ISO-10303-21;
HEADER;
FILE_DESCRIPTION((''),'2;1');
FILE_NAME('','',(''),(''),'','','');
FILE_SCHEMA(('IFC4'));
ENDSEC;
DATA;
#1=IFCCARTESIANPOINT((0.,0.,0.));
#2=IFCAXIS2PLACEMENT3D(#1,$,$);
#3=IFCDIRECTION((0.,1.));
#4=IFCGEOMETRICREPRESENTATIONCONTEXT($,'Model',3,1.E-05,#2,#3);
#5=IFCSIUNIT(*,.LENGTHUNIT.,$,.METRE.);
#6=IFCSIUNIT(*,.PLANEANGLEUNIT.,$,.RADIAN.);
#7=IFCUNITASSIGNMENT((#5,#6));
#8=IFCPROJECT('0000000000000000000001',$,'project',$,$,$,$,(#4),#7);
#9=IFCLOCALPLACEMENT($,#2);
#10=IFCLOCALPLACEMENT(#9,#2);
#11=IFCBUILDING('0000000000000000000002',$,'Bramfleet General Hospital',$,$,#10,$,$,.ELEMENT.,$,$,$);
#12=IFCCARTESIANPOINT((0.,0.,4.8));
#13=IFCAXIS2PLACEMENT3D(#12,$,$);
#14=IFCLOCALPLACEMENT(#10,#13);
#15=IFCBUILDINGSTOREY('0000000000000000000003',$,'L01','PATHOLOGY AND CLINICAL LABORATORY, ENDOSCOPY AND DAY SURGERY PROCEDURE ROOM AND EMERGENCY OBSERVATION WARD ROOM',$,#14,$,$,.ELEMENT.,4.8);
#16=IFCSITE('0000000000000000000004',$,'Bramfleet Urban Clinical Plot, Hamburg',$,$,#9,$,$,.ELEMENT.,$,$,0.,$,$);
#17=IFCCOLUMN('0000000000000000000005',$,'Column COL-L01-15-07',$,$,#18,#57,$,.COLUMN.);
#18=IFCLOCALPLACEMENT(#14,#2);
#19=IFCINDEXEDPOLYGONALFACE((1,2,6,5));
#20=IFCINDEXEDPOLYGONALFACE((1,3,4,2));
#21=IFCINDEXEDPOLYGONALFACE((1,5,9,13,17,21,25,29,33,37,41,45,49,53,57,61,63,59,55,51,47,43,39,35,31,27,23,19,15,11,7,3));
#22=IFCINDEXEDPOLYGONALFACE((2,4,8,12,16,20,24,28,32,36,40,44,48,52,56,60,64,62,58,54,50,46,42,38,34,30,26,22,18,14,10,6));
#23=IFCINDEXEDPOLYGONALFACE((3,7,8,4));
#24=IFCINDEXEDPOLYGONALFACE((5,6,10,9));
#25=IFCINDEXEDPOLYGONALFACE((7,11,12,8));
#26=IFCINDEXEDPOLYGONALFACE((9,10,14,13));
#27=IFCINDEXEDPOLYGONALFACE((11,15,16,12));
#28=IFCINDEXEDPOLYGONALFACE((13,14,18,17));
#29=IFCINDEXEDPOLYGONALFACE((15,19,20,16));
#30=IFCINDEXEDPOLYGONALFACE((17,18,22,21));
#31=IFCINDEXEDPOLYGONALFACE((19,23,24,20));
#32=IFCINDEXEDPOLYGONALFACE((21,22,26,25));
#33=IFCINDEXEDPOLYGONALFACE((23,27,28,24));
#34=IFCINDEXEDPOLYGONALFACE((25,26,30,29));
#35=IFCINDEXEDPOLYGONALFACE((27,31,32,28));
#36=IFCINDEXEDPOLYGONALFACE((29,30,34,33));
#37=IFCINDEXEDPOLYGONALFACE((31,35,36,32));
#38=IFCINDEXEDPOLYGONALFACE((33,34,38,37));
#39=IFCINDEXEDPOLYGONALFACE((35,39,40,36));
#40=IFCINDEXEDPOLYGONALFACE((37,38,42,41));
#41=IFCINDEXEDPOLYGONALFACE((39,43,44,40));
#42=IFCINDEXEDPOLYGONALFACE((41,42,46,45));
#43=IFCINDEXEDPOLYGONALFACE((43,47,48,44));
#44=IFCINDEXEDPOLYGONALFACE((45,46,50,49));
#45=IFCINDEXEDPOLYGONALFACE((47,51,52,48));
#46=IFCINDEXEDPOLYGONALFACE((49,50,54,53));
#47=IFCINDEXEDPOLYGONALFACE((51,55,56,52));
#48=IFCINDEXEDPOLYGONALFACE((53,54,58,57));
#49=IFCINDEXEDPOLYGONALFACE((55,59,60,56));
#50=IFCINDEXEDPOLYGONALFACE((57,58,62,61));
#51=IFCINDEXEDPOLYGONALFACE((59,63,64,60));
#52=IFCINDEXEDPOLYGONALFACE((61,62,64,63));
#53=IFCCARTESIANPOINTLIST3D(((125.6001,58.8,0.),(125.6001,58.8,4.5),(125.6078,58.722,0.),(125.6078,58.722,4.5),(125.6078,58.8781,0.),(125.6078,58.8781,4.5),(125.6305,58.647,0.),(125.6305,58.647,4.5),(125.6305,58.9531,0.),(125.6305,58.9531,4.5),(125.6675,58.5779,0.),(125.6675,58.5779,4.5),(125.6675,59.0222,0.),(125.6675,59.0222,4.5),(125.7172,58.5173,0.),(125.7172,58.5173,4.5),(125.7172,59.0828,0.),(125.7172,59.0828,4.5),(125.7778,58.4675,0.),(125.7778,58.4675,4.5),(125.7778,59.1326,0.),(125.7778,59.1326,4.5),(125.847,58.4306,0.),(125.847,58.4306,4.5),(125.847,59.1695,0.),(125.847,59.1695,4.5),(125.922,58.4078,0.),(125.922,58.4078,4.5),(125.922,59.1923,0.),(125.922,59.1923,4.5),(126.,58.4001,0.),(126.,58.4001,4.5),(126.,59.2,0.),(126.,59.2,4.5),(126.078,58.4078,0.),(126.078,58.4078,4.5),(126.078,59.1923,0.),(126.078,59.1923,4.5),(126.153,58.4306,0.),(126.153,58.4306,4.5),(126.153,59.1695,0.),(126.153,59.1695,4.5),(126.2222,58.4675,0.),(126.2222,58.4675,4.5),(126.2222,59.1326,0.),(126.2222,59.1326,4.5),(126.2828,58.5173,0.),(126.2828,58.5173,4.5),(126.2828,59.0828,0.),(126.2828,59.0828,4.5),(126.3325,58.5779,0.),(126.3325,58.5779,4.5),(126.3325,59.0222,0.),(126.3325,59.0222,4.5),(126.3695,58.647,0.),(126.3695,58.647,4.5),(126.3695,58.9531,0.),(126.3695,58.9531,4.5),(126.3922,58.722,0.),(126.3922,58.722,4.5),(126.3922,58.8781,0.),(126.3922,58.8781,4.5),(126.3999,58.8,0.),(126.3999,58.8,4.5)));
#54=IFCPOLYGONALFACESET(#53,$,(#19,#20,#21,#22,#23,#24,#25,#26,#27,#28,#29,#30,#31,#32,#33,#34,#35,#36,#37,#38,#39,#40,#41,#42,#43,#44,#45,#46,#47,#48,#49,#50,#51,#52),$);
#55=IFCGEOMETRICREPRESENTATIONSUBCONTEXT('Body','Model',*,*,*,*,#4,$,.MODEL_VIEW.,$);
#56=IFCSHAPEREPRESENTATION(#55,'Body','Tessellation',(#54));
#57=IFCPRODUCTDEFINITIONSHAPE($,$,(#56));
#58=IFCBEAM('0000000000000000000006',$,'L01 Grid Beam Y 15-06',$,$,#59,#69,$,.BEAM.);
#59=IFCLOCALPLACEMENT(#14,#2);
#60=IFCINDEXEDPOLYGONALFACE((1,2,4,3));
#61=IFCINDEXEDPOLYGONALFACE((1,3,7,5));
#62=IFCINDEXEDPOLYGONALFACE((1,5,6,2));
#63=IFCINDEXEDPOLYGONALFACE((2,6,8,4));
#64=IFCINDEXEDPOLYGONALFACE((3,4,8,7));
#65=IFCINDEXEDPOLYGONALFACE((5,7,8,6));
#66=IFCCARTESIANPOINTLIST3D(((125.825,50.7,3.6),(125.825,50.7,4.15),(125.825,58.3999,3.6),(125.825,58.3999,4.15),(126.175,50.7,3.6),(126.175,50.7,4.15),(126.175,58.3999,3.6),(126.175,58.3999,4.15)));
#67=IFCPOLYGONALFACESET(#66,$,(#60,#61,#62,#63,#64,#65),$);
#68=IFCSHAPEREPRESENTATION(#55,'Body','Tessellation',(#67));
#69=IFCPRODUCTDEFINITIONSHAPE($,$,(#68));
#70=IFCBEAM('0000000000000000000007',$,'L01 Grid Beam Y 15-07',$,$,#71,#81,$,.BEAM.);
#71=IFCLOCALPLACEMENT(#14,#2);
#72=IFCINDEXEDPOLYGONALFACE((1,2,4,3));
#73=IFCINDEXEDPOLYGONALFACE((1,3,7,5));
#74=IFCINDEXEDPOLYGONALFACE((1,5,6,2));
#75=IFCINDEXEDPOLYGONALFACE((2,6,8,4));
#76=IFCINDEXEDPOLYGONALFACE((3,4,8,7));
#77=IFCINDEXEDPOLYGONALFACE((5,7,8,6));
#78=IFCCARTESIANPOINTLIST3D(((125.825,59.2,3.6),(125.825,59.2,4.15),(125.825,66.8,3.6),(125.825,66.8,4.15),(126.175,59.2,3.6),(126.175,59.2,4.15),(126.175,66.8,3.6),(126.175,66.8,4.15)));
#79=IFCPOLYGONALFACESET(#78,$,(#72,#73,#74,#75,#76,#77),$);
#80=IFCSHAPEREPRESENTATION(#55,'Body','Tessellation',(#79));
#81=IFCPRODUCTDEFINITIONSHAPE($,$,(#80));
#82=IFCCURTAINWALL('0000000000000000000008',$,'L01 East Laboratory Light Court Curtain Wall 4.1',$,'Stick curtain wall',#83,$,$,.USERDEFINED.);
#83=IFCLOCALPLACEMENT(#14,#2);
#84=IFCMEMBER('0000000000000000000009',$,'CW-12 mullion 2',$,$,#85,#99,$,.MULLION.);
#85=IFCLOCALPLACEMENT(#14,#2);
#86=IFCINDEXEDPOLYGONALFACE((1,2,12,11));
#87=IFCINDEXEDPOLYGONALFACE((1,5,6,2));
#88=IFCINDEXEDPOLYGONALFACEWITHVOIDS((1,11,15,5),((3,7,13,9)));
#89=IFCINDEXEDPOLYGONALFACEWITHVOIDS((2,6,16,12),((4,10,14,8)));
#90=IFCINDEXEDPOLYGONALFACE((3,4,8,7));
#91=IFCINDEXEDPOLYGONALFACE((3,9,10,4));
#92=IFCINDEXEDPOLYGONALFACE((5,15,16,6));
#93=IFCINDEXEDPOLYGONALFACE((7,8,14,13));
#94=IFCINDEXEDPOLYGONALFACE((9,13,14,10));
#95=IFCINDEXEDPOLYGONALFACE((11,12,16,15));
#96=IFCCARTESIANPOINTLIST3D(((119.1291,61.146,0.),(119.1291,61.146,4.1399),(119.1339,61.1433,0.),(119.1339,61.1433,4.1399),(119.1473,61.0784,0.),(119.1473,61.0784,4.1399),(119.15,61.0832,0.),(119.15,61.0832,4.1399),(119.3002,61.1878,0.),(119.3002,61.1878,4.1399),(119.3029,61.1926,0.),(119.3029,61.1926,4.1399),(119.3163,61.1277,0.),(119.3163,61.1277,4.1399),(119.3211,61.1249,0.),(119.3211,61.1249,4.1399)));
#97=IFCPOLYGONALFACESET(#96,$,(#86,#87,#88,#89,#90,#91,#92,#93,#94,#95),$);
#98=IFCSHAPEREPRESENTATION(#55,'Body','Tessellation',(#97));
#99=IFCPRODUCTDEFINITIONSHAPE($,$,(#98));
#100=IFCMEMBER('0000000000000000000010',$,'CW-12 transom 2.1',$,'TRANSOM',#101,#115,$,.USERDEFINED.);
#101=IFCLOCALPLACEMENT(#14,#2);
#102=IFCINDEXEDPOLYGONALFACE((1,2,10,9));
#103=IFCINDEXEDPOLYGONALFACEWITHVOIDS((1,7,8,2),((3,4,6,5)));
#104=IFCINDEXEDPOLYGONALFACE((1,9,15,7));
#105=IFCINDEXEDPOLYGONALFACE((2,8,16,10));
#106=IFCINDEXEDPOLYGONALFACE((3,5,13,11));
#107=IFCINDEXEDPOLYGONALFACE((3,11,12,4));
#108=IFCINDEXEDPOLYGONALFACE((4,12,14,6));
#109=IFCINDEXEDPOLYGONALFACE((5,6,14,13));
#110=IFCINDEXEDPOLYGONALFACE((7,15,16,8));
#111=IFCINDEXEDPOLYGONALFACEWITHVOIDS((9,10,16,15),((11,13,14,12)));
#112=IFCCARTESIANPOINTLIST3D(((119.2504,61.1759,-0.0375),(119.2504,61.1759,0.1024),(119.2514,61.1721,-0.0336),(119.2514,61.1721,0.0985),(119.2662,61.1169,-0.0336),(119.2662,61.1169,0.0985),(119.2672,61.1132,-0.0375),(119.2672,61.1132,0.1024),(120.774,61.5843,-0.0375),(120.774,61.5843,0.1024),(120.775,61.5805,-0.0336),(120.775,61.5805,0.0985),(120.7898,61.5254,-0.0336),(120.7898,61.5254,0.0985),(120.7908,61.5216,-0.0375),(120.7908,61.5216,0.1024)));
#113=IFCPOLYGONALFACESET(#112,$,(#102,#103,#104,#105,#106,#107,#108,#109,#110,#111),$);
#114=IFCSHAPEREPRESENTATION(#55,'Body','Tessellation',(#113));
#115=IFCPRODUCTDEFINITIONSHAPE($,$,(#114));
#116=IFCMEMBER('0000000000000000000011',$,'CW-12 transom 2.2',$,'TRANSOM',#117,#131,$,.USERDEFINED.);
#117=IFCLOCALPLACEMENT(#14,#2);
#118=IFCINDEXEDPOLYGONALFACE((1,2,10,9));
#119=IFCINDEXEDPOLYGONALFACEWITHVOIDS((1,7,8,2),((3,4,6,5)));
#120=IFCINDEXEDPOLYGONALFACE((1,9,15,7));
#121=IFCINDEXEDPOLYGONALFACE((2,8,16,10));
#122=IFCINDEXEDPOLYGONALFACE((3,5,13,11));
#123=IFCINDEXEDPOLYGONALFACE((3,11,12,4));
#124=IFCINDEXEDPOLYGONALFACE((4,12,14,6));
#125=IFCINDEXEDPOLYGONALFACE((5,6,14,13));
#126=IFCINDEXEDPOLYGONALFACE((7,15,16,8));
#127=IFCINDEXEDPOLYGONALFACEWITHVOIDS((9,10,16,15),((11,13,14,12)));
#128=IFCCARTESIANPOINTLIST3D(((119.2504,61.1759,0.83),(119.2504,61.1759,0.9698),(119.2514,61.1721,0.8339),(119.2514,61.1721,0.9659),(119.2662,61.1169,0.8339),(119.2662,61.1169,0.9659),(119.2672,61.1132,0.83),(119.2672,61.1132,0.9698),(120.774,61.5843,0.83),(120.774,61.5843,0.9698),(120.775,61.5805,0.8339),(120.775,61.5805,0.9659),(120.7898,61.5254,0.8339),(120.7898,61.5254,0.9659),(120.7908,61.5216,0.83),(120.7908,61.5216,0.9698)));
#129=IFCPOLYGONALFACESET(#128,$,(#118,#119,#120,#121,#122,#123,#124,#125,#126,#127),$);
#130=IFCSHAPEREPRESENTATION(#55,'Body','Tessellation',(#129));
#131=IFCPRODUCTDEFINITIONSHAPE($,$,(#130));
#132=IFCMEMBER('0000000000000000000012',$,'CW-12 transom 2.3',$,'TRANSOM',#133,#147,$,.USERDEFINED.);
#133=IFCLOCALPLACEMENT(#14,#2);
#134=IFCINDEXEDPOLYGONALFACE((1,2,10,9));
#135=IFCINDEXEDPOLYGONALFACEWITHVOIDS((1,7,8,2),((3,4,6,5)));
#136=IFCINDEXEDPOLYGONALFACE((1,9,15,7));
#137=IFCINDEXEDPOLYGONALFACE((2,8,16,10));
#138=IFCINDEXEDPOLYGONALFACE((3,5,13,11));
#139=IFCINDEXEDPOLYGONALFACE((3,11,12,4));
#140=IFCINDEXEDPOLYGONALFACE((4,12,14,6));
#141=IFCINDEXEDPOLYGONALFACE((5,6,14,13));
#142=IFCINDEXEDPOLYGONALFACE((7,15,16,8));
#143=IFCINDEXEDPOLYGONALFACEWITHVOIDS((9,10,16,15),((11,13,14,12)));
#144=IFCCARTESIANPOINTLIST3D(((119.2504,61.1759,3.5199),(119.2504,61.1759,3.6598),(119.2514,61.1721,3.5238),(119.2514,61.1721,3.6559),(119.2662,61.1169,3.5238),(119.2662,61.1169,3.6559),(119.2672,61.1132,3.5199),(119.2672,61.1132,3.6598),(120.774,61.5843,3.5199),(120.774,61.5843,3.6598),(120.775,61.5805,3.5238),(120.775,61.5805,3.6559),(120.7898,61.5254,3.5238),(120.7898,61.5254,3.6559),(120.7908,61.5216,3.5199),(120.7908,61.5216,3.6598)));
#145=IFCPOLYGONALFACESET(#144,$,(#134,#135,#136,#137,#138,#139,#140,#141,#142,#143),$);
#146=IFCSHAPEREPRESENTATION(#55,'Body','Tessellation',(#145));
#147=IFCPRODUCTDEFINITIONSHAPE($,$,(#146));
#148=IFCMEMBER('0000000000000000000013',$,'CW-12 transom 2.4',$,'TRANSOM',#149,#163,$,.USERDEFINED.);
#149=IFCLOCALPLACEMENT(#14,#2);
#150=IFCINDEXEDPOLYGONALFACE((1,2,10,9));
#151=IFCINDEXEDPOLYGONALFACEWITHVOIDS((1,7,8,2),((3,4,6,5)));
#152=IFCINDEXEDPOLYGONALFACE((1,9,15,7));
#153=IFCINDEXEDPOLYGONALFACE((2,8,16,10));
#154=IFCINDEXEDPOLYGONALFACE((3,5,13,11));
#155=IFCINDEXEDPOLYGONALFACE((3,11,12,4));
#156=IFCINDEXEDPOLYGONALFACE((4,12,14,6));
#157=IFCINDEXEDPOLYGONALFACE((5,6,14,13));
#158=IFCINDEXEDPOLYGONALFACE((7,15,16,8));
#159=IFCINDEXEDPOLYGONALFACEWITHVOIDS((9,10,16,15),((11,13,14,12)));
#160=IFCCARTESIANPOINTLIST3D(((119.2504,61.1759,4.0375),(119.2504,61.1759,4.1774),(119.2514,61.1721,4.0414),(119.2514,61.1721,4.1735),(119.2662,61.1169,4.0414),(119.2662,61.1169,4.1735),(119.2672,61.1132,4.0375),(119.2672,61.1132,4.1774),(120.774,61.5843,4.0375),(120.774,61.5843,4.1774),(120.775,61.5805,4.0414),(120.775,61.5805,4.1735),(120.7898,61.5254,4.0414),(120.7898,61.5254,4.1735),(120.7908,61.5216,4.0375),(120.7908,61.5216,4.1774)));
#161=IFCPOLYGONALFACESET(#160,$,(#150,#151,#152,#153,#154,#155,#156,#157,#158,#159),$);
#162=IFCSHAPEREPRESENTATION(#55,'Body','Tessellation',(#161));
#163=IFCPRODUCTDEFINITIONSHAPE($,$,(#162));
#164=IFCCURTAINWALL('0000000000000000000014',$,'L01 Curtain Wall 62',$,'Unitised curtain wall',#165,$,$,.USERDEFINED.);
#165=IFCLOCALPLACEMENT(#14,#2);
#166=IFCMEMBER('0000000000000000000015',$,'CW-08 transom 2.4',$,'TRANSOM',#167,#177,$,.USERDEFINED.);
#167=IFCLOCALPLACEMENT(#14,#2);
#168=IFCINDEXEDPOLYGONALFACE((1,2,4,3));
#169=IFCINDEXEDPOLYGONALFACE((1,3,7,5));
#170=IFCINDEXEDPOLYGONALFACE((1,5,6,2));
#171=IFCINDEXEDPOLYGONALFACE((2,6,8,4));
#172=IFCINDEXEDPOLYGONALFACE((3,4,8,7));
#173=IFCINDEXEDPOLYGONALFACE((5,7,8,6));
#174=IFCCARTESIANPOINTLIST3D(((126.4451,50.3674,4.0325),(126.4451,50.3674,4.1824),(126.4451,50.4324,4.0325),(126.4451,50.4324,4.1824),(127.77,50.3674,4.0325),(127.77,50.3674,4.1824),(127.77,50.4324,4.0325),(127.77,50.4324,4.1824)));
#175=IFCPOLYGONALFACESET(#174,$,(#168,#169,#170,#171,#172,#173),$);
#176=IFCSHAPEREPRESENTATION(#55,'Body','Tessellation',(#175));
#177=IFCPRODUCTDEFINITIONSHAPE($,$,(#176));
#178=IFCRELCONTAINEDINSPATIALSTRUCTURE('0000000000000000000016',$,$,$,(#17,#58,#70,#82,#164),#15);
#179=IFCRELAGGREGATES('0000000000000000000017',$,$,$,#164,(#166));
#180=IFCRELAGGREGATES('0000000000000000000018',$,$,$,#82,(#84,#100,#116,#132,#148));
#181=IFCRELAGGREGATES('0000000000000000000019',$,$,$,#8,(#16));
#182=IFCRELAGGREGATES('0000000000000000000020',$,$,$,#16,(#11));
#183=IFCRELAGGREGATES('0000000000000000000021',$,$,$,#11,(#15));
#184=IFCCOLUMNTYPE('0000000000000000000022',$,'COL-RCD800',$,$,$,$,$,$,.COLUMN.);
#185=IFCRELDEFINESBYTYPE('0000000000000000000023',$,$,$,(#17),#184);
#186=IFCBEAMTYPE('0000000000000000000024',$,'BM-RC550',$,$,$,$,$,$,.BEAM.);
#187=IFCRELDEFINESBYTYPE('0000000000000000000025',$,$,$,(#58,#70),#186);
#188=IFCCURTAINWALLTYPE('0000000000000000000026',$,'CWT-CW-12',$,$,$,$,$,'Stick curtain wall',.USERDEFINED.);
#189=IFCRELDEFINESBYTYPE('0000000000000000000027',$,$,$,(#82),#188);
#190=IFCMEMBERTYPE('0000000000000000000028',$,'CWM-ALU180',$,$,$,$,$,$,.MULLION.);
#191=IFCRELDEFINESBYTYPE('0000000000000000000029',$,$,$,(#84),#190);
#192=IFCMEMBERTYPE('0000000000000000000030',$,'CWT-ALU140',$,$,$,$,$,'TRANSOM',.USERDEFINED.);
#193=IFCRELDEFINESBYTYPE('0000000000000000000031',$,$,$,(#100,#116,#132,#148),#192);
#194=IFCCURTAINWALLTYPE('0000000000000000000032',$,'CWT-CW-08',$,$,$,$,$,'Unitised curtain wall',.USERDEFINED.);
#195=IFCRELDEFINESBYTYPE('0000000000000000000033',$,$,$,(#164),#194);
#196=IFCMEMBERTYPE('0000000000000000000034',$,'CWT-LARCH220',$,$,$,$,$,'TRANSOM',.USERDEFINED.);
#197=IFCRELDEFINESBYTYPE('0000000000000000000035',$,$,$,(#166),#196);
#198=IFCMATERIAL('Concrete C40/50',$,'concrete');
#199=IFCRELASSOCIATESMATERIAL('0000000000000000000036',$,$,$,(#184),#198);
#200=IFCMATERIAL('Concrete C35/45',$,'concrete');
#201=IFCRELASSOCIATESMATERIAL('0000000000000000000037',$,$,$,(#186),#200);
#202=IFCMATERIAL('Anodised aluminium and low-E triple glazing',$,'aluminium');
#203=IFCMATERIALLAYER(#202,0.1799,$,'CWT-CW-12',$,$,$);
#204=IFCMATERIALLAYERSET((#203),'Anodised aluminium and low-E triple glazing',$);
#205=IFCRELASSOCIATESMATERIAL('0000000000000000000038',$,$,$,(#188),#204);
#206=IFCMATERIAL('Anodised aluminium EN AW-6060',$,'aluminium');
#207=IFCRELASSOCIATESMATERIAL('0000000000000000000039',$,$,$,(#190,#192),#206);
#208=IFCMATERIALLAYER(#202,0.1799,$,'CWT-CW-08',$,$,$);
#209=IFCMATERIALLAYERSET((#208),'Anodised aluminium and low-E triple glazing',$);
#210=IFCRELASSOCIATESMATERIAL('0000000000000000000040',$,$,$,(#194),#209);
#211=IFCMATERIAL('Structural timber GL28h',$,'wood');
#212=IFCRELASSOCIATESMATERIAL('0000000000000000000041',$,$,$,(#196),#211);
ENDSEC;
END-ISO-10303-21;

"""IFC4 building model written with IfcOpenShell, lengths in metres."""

from ifc_helpers import new_model, si_unit, direction, frame, origin, origin_2d, place, context, subcontext, project, spatial, rectangle, hollow_rectangle, circle, extrude, material, layer, layer_set, material_profile, profile_set, type_object, element, aggregate, save


model = new_model("IFC4")

# Units and contexts
model_context = context("Model", 3, precision=1e-05, world=origin(), true_north=direction((0.0, 1.0)))
body_context = subcontext(model_context, "Body", "Model", "MODEL_VIEW")
ifc_project = project(units=[si_unit("LENGTHUNIT", "METRE"), si_unit("PLANEANGLEUNIT", "RADIAN")], contexts=[model_context])

# Site, building, storey
site_placement = place(None, origin())
site = spatial("IfcSite", under=ifc_project, at=site_placement, Name="Bramfleet Urban Clinical Plot, Hamburg", CompositionType="ELEMENT", RefElevation=0.0)
building_placement = place(site_placement, origin())
building = spatial("IfcBuilding", under=site, at=building_placement, Name="Bramfleet General Hospital", CompositionType="ELEMENT")
storey_placement = place(building_placement, frame((0.0, 0.0, 4.8)))
storey = spatial("IfcBuildingStorey", under=building, at=storey_placement, Name="L01", Description="PATHOLOGY AND CLINICAL LABORATORY, ENDOSCOPY AND DAY SURGERY PROCEDURE ROOM AND EMERGENCY OBSERVATION WARD ROOM", CompositionType="ELEMENT", Elevation=4.8)

# Column
ifc_material_1 = material(Name="Concrete C40/50", Category="concrete")
ifc_material_profile_1 = material_profile(ifc_material_1, circle(Radius=0.3999, at=origin_2d()), Name="RC ROUND D800")
ifc_profile_set_1 = profile_set([ifc_material_profile_1], Name="Concrete C40/50")
column_type = type_object("IfcColumnType", Name="COL-RCD800", PredefinedType="COLUMN", material=ifc_profile_set_1)
column_placement = place(storey_placement, frame((126.0, 58.8, 0.0), z_axis=(0.0, 0.0, 1.0), x_axis=(1.0, 0.0, 0.0)))
element("IfcColumn", 1, at=column_placement, inside=storey, type_object=column_type, Name="Column COL-L01-15-07", PredefinedType="COLUMN", context=body_context, shape_type="SweptSolid", body=[
    extrude(circle(Radius=0.3999, at=origin_2d()), origin(), (0.0, 0.0, 1.0), 4.5),
])

# Beams
ifc_material_2 = material(Name="Concrete C35/45", Category="concrete")
ifc_material_profile_2 = material_profile(ifc_material_2, rectangle(XDim=0.3501, YDim=0.55, at=origin_2d()), Name="RC BM 550x350")
ifc_profile_set_2 = profile_set([ifc_material_profile_2], Name="Concrete C35/45")
beam_type = type_object("IfcBeamType", Name="BM-RC550", PredefinedType="BEAM", material=ifc_profile_set_2)
beam_1_placement = place(storey_placement, frame((126.0, 50.7, 3.875), z_axis=(0.0, 1.0, 0.0), x_axis=(-1.0, 0.0, 0.0)))
element("IfcBeam", 2, at=beam_1_placement, inside=storey, type_object=beam_type, Name="L01 Grid Beam Y 15-06", PredefinedType="BEAM", context=body_context, shape_type="SweptSolid", body=[
    extrude(rectangle(XDim=0.3501, YDim=0.55, at=origin_2d()), origin(), (0.0, 0.0, 1.0), 7.7),
])
beam_2_placement = place(storey_placement, frame((126.0, 59.2, 3.875), z_axis=(0.0, 1.0, 0.0), x_axis=(-1.0, 0.0, 0.0)))
element("IfcBeam", 3, at=beam_2_placement, inside=storey, type_object=beam_type, Name="L01 Grid Beam Y 15-07", PredefinedType="BEAM", context=body_context, shape_type="SweptSolid", body=[
    extrude(rectangle(XDim=0.3501, YDim=0.55, at=origin_2d()), origin(), (0.0, 0.0, 1.0), 7.6001),
])

# Curtain wall, members
ifc_material_3 = material(Name="Anodised aluminium and low-E triple glazing", Category="aluminium")
ifc_layer_1 = layer(ifc_material_3, 0.1799, Name="CWT-CW-12")
ifc_layer_set_1 = layer_set([ifc_layer_1], Name="Anodised aluminium and low-E triple glazing")
curtain_wall_type_1 = type_object("IfcCurtainWallType", Name="CWT-CW-12", ElementType="Stick curtain wall", PredefinedType="USERDEFINED", material=ifc_layer_set_1)
curtain_wall_1_placement = place(storey_placement, origin())
curtain_wall_1 = element("IfcCurtainWall", 4, at=curtain_wall_1_placement, inside=storey, type_object=curtain_wall_type_1, Name="L01 East Laboratory Light Court Curtain Wall 4.1", ObjectType="Stick curtain wall", PredefinedType="USERDEFINED")
ifc_material_4 = material(Name="Anodised aluminium EN AW-6060", Category="aluminium")
ifc_material_profile_3 = material_profile(ifc_material_4, hollow_rectangle(XDim=0.0701, YDim=0.1799, WallThickness=0.0039, at=origin_2d()), Name="ALU 180x70x4.0")
ifc_profile_set_3 = profile_set([ifc_material_profile_3], Name="Anodised aluminium EN AW-6060")
member_type_1 = type_object("IfcMemberType", Name="CWM-ALU180", PredefinedType="MULLION", material=ifc_profile_set_3)
member_1_placement = place(storey_placement, frame((119.2251, 61.1355, 0.0), z_axis=(0.0, 0.0, 1.0), x_axis=(-0.258865, 0.965914, 0.0)))
member_1 = element("IfcMember", 5, at=member_1_placement, type_object=member_type_1, Name="CW-12 mullion 2", PredefinedType="MULLION", context=body_context, shape_type="SweptSolid", body=[
    extrude(hollow_rectangle(XDim=0.0701, YDim=0.1799, WallThickness=0.0039, at=origin_2d()), origin(), (0.0, 0.0, 1.0), 4.1399),
])
ifc_material_profile_4 = material_profile(ifc_material_4, hollow_rectangle(XDim=0.0649, YDim=0.1399, WallThickness=0.0039, at=origin_2d()), Name="ALU 140x65x4.0")
ifc_profile_set_4 = profile_set([ifc_material_profile_4], Name="Anodised aluminium EN AW-6060")
member_type_2 = type_object("IfcMemberType", Name="CWT-ALU140", ElementType="TRANSOM", PredefinedType="USERDEFINED", material=ifc_profile_set_4)
member_2_placement = place(storey_placement, frame((119.2588, 61.1445, 0.0325), z_axis=(0.965898, 0.258924, 0.0), x_axis=(-0.258924, 0.965898, 0.0)))
member_2 = element("IfcMember", 6, at=member_2_placement, type_object=member_type_2, Name="CW-12 transom 2.1", ObjectType="TRANSOM", PredefinedType="USERDEFINED", context=body_context, shape_type="SweptSolid", body=[
    extrude(hollow_rectangle(XDim=0.0649, YDim=0.1399, WallThickness=0.0039, at=origin_2d()), origin(), (0.0, 0.0, 1.0), 1.5774),
])
member_3_placement = place(storey_placement, frame((119.2588, 61.1445, 0.8999), z_axis=(0.965898, 0.258924, 0.0), x_axis=(-0.258924, 0.965898, 0.0)))
member_3 = element("IfcMember", 7, at=member_3_placement, type_object=member_type_2, Name="CW-12 transom 2.2", ObjectType="TRANSOM", PredefinedType="USERDEFINED", context=body_context, shape_type="SweptSolid", body=[
    extrude(hollow_rectangle(XDim=0.0649, YDim=0.1399, WallThickness=0.0039, at=origin_2d()), origin(), (0.0, 0.0, 1.0), 1.5774),
])
member_4_placement = place(storey_placement, frame((119.2588, 61.1445, 3.5898), z_axis=(0.965898, 0.258924, 0.0), x_axis=(-0.258924, 0.965898, 0.0)))
member_4 = element("IfcMember", 8, at=member_4_placement, type_object=member_type_2, Name="CW-12 transom 2.3", ObjectType="TRANSOM", PredefinedType="USERDEFINED", context=body_context, shape_type="SweptSolid", body=[
    extrude(hollow_rectangle(XDim=0.0649, YDim=0.1399, WallThickness=0.0039, at=origin_2d()), origin(), (0.0, 0.0, 1.0), 1.5774),
])
member_5_placement = place(storey_placement, frame((119.2588, 61.1445, 4.1074), z_axis=(0.965898, 0.258924, 0.0), x_axis=(-0.258924, 0.965898, 0.0)))
member_5 = element("IfcMember", 9, at=member_5_placement, type_object=member_type_2, Name="CW-12 transom 2.4", ObjectType="TRANSOM", PredefinedType="USERDEFINED", context=body_context, shape_type="SweptSolid", body=[
    extrude(hollow_rectangle(XDim=0.0649, YDim=0.1399, WallThickness=0.0039, at=origin_2d()), origin(), (0.0, 0.0, 1.0), 1.5774),
])

# Curtain wall, member
ifc_layer_2 = layer(ifc_material_3, 0.1799, Name="CWT-CW-08")
ifc_layer_set_2 = layer_set([ifc_layer_2], Name="Anodised aluminium and low-E triple glazing")
curtain_wall_type_2 = type_object("IfcCurtainWallType", Name="CWT-CW-08", ElementType="Unitised curtain wall", PredefinedType="USERDEFINED", material=ifc_layer_set_2)
curtain_wall_2_placement = place(storey_placement, origin())
curtain_wall_2 = element("IfcCurtainWall", 10, at=curtain_wall_2_placement, inside=storey, type_object=curtain_wall_type_2, Name="L01 Curtain Wall 62", ObjectType="Unitised curtain wall", PredefinedType="USERDEFINED")
ifc_material_5 = material(Name="Structural timber GL28h", Category="wood")
ifc_material_profile_5 = material_profile(ifc_material_5, rectangle(XDim=0.0649, YDim=0.1499, at=origin_2d()), Name="LARCH 150x65")
ifc_profile_set_5 = profile_set([ifc_material_profile_5], Name="Structural timber GL28h")
member_type_3 = type_object("IfcMemberType", Name="CWT-LARCH220", ElementType="TRANSOM", PredefinedType="USERDEFINED", material=ifc_profile_set_5)
member_6_placement = place(storey_placement, frame((127.77, 50.3999, 4.1074), z_axis=(-1.0, 0.0, 0.0), x_axis=(0.0, -1.0, 0.0)))
member_6 = element("IfcMember", 11, at=member_6_placement, type_object=member_type_3, Name="CW-08 transom 2.4", ObjectType="TRANSOM", PredefinedType="USERDEFINED", context=body_context, shape_type="SweptSolid", body=[
    extrude(rectangle(XDim=0.0649, YDim=0.1499, at=origin_2d()), origin(), (0.0, 0.0, 1.0), 1.325),
])
aggregate(curtain_wall_2, [member_6])

aggregate(curtain_wall_1, [member_1, member_2, member_3, member_4, member_5])

save(model, "model.ifc")
